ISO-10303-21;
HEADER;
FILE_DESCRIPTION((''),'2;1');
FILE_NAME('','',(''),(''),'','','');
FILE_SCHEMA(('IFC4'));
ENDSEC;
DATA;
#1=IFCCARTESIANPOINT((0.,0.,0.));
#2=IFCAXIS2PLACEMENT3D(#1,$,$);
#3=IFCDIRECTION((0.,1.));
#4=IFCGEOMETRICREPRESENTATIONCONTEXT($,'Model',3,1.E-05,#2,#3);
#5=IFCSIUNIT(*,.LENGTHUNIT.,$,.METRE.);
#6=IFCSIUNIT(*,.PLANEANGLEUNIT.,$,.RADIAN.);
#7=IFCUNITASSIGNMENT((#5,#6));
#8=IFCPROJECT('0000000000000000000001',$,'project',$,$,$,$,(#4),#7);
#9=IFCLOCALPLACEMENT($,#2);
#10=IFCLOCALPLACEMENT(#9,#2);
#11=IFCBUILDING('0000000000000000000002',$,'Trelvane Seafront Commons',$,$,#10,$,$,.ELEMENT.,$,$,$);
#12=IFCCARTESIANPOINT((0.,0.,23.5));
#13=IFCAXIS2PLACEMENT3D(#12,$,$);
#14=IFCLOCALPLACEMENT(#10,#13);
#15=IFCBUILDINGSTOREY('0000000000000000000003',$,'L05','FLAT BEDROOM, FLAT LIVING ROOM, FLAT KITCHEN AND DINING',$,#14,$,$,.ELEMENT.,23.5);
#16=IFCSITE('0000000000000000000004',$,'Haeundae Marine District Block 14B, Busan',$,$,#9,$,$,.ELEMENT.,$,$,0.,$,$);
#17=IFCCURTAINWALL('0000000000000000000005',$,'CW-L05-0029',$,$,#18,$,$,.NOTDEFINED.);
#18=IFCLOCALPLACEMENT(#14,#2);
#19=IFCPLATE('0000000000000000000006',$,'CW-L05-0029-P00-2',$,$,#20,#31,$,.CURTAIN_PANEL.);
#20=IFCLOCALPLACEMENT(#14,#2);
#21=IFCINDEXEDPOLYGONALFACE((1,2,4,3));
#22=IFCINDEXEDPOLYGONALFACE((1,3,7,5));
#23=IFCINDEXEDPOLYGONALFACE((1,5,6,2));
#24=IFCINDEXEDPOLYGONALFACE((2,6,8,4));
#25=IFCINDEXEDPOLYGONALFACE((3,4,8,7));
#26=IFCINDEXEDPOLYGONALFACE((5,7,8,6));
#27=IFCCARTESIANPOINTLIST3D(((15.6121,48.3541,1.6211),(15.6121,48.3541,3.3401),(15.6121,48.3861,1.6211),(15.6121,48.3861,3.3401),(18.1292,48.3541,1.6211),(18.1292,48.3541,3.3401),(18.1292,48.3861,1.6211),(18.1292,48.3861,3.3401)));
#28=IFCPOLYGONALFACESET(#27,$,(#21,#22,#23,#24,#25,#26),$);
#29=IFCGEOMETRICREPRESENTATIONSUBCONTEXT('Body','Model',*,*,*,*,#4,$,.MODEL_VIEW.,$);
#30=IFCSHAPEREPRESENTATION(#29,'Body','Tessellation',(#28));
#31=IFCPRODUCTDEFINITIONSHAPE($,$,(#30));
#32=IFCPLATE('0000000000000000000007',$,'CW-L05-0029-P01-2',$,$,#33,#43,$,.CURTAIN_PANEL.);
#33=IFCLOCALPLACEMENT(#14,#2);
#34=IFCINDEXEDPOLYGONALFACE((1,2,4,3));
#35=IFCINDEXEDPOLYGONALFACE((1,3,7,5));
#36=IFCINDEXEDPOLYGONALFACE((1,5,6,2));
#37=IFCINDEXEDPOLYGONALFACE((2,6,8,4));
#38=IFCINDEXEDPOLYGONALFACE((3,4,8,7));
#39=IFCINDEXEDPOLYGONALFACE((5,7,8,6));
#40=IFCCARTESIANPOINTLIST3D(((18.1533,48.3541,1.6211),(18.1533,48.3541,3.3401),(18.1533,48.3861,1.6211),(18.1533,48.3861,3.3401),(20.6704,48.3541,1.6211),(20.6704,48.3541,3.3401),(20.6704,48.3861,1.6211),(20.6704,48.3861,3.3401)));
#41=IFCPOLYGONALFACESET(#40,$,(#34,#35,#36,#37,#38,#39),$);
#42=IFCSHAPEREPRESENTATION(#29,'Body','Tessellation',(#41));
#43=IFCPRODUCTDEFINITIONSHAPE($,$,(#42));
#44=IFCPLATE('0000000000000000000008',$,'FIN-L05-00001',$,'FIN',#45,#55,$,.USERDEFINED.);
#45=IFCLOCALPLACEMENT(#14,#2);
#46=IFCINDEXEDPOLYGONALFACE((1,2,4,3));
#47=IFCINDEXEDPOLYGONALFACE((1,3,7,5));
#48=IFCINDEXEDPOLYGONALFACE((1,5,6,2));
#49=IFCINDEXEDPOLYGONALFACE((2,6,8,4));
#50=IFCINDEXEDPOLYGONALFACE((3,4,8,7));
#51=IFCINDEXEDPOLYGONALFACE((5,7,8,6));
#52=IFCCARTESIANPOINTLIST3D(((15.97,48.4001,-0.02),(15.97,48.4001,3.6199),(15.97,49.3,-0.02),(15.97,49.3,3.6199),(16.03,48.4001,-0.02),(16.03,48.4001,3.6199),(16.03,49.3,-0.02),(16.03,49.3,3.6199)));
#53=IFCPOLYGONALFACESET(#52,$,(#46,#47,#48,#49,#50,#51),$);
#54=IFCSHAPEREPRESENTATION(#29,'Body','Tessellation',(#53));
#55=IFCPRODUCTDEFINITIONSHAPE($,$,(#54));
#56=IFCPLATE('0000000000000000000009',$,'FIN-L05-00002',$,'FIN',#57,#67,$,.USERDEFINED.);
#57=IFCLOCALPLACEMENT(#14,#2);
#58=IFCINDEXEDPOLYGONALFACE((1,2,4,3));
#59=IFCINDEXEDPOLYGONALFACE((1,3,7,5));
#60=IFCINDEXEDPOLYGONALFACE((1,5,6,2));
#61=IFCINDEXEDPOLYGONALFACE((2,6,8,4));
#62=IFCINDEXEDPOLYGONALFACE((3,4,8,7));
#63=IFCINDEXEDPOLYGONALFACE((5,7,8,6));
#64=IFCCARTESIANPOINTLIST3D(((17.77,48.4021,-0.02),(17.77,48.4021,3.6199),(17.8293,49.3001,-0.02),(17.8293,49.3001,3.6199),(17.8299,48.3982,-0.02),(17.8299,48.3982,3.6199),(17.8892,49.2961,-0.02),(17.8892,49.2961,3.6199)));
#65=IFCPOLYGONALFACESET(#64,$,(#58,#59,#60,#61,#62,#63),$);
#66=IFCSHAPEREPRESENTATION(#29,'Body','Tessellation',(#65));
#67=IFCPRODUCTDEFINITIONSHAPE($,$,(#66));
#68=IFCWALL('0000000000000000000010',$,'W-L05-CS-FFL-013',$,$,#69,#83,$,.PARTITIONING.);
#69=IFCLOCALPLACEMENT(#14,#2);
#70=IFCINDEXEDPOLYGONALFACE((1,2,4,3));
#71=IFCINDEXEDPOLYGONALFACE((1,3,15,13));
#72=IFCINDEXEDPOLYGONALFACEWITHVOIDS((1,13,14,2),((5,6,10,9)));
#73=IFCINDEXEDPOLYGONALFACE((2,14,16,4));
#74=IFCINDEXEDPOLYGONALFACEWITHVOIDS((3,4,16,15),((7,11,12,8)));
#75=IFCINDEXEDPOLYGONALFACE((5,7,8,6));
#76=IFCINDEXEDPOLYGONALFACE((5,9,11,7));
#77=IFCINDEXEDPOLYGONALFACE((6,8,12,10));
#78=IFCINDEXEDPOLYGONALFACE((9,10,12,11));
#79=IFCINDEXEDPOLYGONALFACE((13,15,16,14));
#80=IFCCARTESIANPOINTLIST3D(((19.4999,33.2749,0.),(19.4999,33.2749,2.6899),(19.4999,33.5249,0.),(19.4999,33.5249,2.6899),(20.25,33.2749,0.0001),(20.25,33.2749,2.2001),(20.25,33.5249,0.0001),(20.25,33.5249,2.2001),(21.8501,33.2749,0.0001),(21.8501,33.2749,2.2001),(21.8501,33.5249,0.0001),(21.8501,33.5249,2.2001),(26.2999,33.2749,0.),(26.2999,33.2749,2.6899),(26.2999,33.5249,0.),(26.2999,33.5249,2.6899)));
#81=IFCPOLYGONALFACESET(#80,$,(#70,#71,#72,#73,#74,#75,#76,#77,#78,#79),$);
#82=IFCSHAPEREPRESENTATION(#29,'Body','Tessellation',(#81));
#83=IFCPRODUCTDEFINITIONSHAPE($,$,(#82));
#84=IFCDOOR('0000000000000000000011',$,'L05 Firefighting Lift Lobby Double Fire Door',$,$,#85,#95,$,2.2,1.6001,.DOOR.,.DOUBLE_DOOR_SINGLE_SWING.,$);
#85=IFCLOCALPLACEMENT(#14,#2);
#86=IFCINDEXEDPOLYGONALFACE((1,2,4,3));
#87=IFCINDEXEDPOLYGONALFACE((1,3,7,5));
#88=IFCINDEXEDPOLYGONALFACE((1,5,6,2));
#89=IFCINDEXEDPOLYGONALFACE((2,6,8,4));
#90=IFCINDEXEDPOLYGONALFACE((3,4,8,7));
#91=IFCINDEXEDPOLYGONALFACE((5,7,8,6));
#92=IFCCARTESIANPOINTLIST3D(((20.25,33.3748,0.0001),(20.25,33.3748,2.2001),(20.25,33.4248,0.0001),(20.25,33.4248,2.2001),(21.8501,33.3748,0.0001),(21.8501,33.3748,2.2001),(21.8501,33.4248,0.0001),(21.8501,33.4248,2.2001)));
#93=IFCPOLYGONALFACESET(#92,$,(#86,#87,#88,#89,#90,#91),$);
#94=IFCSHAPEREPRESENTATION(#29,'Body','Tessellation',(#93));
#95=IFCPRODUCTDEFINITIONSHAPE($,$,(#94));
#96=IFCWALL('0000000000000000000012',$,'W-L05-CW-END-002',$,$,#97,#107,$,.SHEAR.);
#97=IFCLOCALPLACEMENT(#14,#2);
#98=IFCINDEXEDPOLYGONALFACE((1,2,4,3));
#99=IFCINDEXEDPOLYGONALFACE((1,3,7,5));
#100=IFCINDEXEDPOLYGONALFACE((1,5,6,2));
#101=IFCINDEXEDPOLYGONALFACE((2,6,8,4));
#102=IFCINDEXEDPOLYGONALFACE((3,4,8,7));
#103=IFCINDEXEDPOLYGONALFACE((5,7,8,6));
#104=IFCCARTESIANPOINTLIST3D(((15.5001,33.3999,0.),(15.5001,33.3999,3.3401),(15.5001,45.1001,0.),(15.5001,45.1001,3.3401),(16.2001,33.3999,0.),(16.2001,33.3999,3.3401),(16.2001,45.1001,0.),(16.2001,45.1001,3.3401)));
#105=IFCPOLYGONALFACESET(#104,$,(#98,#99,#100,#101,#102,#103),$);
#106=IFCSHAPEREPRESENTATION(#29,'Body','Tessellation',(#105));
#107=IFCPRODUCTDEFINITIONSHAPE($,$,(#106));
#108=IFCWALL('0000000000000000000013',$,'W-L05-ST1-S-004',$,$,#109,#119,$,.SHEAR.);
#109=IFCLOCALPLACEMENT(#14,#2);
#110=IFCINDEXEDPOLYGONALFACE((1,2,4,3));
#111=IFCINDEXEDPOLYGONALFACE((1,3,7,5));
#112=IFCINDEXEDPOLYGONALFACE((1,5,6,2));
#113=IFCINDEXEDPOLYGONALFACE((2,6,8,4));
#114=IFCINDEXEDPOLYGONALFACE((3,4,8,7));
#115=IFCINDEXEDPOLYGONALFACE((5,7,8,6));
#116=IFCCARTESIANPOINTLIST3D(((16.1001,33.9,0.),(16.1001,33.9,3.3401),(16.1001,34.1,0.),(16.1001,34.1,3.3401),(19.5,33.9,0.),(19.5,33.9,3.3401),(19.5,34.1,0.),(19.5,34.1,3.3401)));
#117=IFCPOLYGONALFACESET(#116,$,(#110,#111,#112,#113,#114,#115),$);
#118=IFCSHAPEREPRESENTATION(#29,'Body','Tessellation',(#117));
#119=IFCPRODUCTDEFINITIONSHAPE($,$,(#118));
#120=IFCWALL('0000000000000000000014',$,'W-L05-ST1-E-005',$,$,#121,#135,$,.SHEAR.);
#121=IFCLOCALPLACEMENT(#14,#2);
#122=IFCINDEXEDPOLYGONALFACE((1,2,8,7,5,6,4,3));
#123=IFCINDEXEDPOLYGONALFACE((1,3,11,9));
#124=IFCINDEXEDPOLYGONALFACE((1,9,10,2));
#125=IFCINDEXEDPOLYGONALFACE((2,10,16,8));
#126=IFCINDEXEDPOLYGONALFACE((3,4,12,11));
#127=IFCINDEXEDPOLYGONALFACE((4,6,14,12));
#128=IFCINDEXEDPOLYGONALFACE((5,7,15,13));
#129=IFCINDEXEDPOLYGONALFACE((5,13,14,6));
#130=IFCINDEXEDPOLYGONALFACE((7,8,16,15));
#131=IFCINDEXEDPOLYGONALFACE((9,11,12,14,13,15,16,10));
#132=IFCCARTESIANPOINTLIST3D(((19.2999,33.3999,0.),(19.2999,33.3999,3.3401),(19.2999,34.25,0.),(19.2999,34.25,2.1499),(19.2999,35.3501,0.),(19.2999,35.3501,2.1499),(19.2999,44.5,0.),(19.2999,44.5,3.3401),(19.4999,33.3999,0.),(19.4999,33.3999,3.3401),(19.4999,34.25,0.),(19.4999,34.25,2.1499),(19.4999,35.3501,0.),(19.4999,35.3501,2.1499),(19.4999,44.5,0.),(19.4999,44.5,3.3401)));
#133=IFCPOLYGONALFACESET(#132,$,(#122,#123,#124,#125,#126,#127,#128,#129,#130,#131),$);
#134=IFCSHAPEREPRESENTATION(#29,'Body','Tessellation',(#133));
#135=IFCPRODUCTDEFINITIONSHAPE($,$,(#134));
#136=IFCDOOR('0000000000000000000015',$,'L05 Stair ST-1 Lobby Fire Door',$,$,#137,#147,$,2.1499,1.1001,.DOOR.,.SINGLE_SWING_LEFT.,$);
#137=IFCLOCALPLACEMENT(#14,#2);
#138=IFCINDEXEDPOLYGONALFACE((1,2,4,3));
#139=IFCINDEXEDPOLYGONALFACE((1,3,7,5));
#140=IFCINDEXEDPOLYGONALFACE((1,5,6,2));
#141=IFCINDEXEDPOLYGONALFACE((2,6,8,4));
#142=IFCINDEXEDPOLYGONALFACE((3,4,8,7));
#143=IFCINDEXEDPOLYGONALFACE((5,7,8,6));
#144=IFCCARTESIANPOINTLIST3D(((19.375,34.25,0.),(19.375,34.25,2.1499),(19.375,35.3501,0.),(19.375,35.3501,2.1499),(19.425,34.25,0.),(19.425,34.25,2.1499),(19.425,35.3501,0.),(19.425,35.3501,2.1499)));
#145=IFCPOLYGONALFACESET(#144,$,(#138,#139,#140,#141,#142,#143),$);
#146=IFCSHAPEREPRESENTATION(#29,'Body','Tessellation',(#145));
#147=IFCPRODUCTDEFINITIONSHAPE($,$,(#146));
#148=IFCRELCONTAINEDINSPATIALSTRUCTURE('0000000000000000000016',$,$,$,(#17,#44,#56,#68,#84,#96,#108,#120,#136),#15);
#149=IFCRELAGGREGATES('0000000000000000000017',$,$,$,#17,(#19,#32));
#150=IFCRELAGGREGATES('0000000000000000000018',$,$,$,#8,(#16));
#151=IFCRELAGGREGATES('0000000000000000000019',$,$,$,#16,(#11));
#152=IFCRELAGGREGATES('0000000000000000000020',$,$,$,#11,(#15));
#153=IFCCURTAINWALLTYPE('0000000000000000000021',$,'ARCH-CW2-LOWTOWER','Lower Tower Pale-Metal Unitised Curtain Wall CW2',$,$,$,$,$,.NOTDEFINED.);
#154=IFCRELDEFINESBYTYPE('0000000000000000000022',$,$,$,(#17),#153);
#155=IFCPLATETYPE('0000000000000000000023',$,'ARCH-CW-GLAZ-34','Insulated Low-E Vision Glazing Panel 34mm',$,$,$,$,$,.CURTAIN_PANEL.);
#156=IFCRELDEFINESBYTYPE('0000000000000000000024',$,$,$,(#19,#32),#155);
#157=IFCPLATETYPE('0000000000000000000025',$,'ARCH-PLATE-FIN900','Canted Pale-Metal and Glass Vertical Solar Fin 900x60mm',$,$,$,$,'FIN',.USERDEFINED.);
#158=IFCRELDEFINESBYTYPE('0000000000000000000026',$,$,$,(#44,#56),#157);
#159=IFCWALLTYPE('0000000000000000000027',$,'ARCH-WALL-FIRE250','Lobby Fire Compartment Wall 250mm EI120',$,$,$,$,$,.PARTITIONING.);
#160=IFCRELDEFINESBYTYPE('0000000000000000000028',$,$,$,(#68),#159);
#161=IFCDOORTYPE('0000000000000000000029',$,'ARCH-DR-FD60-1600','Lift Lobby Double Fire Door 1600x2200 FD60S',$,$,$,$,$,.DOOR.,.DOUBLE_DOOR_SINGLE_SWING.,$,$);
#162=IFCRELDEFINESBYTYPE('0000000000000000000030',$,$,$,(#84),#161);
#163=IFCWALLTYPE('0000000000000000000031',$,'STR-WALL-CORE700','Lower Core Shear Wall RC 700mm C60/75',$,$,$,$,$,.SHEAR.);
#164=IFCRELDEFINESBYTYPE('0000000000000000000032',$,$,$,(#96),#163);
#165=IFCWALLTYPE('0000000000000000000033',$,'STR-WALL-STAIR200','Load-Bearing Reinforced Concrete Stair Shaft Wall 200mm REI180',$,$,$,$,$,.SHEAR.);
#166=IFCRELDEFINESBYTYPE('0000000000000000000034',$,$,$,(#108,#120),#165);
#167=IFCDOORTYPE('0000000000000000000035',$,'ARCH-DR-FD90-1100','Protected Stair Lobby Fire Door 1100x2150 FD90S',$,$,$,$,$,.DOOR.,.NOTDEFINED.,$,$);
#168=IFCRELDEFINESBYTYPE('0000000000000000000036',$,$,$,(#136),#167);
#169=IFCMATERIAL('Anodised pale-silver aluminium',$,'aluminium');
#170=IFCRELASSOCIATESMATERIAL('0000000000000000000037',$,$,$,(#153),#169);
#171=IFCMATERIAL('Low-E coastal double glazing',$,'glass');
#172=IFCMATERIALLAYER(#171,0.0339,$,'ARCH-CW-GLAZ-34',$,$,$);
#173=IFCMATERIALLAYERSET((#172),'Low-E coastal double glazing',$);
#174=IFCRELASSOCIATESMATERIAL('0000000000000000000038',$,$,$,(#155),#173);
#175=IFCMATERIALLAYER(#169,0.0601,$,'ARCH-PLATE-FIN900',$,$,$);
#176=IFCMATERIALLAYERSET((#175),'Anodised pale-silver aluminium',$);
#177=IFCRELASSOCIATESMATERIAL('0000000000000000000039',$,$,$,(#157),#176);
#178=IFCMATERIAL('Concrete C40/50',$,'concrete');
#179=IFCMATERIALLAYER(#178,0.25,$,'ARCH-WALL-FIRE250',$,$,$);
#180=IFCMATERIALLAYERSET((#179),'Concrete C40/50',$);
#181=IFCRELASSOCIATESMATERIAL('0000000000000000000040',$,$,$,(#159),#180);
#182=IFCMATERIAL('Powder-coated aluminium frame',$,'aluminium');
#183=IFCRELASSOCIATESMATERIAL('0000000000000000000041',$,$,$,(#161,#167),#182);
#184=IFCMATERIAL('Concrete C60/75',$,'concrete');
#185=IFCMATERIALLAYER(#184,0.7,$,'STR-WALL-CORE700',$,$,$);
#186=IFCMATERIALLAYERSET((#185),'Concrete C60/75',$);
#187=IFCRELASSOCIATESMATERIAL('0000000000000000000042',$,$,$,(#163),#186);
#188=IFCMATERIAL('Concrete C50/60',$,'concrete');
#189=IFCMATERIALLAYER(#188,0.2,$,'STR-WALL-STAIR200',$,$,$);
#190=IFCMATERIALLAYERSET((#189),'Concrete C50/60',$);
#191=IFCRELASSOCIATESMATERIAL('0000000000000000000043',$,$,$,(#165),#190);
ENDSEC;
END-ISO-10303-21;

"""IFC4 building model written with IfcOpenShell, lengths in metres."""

from ifc_helpers import new_model, si_unit, direction, frame, frame_2d, origin, origin_2d, place, context, subcontext, project, spatial, rectangle, extrude, source, transform, mapped, material, layer, layer_set, type_object, element, fill, aggregate, save


model = new_model("IFC4")

# Units and contexts
model_context = context("Model", 3, precision=1e-05, world=origin(), true_north=direction((0.0, 1.0)))
body_context = subcontext(model_context, "Body", "Model", "MODEL_VIEW")
ifc_project = project(units=[si_unit("LENGTHUNIT", "METRE"), si_unit("PLANEANGLEUNIT", "RADIAN")], contexts=[model_context])

# Site, building, storey
site_placement = place(None, origin())
site = spatial("IfcSite", under=ifc_project, at=site_placement, Name="Haeundae Marine District Block 14B, Busan", CompositionType="ELEMENT", RefElevation=0.0)
building_placement = place(site_placement, origin())
building = spatial("IfcBuilding", under=site, at=building_placement, Name="Trelvane Seafront Commons", CompositionType="ELEMENT")
storey_placement = place(building_placement, frame((0.0, 0.0, 23.5)))
storey = spatial("IfcBuildingStorey", under=building, at=storey_placement, Name="L05", Description="FLAT BEDROOM, FLAT LIVING ROOM, FLAT KITCHEN AND DINING", CompositionType="ELEMENT", Elevation=23.5)

# Shared definitions
ifc_material_1 = material(Name="Concrete C60/75", Category="concrete")

# Curtain wall, plates
ifc_material_2 = material(Name="Anodised pale-silver aluminium", Category="aluminium")
curtain_wall_type = type_object("IfcCurtainWallType", Name="ARCH-CW2-LOWTOWER", Description="Lower Tower Pale-Metal Unitised Curtain Wall CW2", PredefinedType="NOTDEFINED", material=ifc_material_2)
curtain_wall_placement = place(storey_placement, origin())
curtain_wall = element("IfcCurtainWall", 1, at=curtain_wall_placement, inside=storey, type_object=curtain_wall_type, Name="CW-L05-0029", PredefinedType="NOTDEFINED")
ifc_material_3 = material(Name="Low-E coastal double glazing", Category="glass")
ifc_layer_1 = layer(ifc_material_3, 0.0339, Name="ARCH-CW-GLAZ-34")
ifc_layer_set_1 = layer_set([ifc_layer_1], Name="Low-E coastal double glazing")
plate_type_1 = type_object("IfcPlateType", Name="ARCH-CW-GLAZ-34", Description="Insulated Low-E Vision Glazing Panel 34mm", PredefinedType="CURTAIN_PANEL", material=ifc_layer_set_1)
shared_shape_1 = source(origin(), body_context, "Body", "SweptSolid", [
    extrude(rectangle(XDim=2.5171, YDim=0.032, at=origin_2d()), origin(), (0.0, 0.0, 1.0), 1.719),
])
plate_1_placement = place(storey_placement, frame((16.8706, 48.3701, 1.6211), z_axis=(0.0, 0.0, 1.0), x_axis=(1.0, 0.0, 0.0)))
plate_1 = element("IfcPlate", 2, at=plate_1_placement, type_object=plate_type_1, Name="CW-L05-0029-P00-2", PredefinedType="CURTAIN_PANEL", context=body_context, shape_type="MappedRepresentation", body=[
    mapped(shared_shape_1, transform((0.0, 0.0, 0.0), x_axis=(1.0, 0.0, 0.0), y_axis=(0.0, 1.0, 0.0), z_axis=(0.0, 0.0, 1.0), scale=1.0)),
])
plate_2_placement = place(storey_placement, frame((19.4119, 48.3701, 1.6211), z_axis=(0.0, 0.0, 1.0), x_axis=(1.0, 0.0, 0.0)))
plate_2 = element("IfcPlate", 3, at=plate_2_placement, type_object=plate_type_1, Name="CW-L05-0029-P01-2", PredefinedType="CURTAIN_PANEL", context=body_context, shape_type="MappedRepresentation", body=[
    mapped(shared_shape_1, transform((0.0, 0.0, 0.0), x_axis=(1.0, 0.0, 0.0), y_axis=(0.0, 1.0, 0.0), z_axis=(0.0, 0.0, 1.0), scale=1.0)),
])
aggregate(curtain_wall, [plate_1, plate_2])

# Plates
ifc_layer_2 = layer(ifc_material_2, 0.0601, Name="ARCH-PLATE-FIN900")
ifc_layer_set_2 = layer_set([ifc_layer_2], Name="Anodised pale-silver aluminium")
plate_type_2 = type_object("IfcPlateType", Name="ARCH-PLATE-FIN900", Description="Canted Pale-Metal and Glass Vertical Solar Fin 900x60mm", ElementType="FIN", PredefinedType="USERDEFINED", material=ifc_layer_set_2)
shared_shape_2 = source(origin(), body_context, "Body", "SweptSolid", [
    extrude(rectangle(XDim=0.8999, YDim=0.0601, at=origin_2d()), origin(), (0.0, 0.0, 1.0), 3.6399),
])
for number, where, z_axis, x_axis, name in (
    (4, (16.0, 48.8501, -0.02), (0.0, 0.0, 1.0), (0.0, 1.0, 0.0), "FIN-L05-00001"),
    (5, (17.8296, 48.8491, -0.02), (0.0, 0.0, 1.0), (0.065893, 0.997827, 0.0), "FIN-L05-00002"),
):
    element("IfcPlate", number, at=place(storey_placement, frame(where, z_axis=z_axis, x_axis=x_axis)), inside=storey, type_object=plate_type_2, Name=name, ObjectType="FIN", PredefinedType="USERDEFINED", context=body_context, shape_type="MappedRepresentation", body=[
        mapped(shared_shape_2, transform((0.0, 0.0, 0.0), x_axis=(1.0, 0.0, 0.0), y_axis=(0.0, 1.0, 0.0), z_axis=(0.0, 0.0, 1.0), scale=1.0)),
    ])

# Wall, opening, door
ifc_material_4 = material(Name="Concrete C40/50", Category="concrete")
ifc_layer_3 = layer(ifc_material_4, 0.25, Name="ARCH-WALL-FIRE250")
ifc_layer_set_3 = layer_set([ifc_layer_3], Name="Concrete C40/50")
wall_type_1 = type_object("IfcWallType", Name="ARCH-WALL-FIRE250", Description="Lobby Fire Compartment Wall 250mm EI120", PredefinedType="PARTITIONING", material=ifc_layer_set_3)
wall_1_placement = place(storey_placement, frame((19.5, 33.3999, 0.0), z_axis=(0.0, 0.0, 1.0), x_axis=(1.0, 0.0, 0.0)))
wall_1 = element("IfcWall", 6, at=wall_1_placement, inside=storey, type_object=wall_type_1, Name="W-L05-CS-FFL-013", PredefinedType="PARTITIONING", context=body_context, shape_type="SweptSolid", body=[
    extrude(rectangle(XDim=6.8, YDim=0.25, at=frame_2d((3.3999, 0.0))), origin(), (0.0, 0.0, 1.0), 2.6899),
])
opening_1_placement = place(wall_1_placement, frame((0.75, 0.0, 0.0)))
opening_1 = element("IfcOpeningElement", 7, at=opening_1_placement, cuts=wall_1, PredefinedType="OPENING", context=body_context, shape_type="SweptSolid", body=[
    extrude(rectangle(XDim=1.6001, YDim=2.2, at=frame_2d((0.8, 1.1001))), frame((0.0, 0.135, 0.0), z_axis=(0.0, -1.0, 0.0), x_axis=(1.0, 0.0, 0.0)), (0.0, 0.0, 1.0), 0.27),
])
ifc_material_5 = material(Name="Powder-coated aluminium frame", Category="aluminium")
door_type_1 = type_object("IfcDoorType", Name="ARCH-DR-FD60-1600", Description="Lift Lobby Double Fire Door 1600x2200 FD60S", OperationType="DOUBLE_DOOR_SINGLE_SWING", PredefinedType="DOOR", material=ifc_material_5)
shared_shape_3 = source(origin(), body_context, "Body", "SweptSolid", [
    extrude(rectangle(XDim=1.6001, YDim=2.2, at=frame_2d((0.8, 1.1001))), frame((0.0, 0.0249, 0.0), z_axis=(0.0, -1.0, 0.0), x_axis=(1.0, 0.0, 0.0)), (0.0, 0.0, 1.0), 0.05),
])
door_1_placement = place(opening_1_placement, origin())
door_1 = element("IfcDoor", 8, at=door_1_placement, inside=storey, type_object=door_type_1, Name="L05 Firefighting Lift Lobby Double Fire Door", OperationType="DOUBLE_DOOR_SINGLE_SWING", OverallHeight=2.2, OverallWidth=1.6001, PredefinedType="DOOR", context=body_context, shape_type="MappedRepresentation", body=[
    mapped(shared_shape_3, transform((0.0, 0.0, 0.0), x_axis=(1.0, 0.0, 0.0), y_axis=(0.0, 1.0, 0.0), z_axis=(0.0, 0.0, 1.0), scale=1.0)),
])
fill(opening_1, door_1)

# Walls
ifc_layer_4 = layer(ifc_material_1, 0.7, Name="STR-WALL-CORE700")
ifc_layer_set_4 = layer_set([ifc_layer_4], Name="Concrete C60/75")
wall_type_2 = type_object("IfcWallType", Name="STR-WALL-CORE700", Description="Lower Core Shear Wall RC 700mm C60/75", PredefinedType="SHEAR", material=ifc_layer_set_4)
wall_2_placement = place(storey_placement, frame((15.8501, 33.3999, 0.0), z_axis=(0.0, 0.0, 1.0), x_axis=(0.0, 1.0, 0.0)))
element("IfcWall", 9, at=wall_2_placement, inside=storey, type_object=wall_type_2, Name="W-L05-CW-END-002", PredefinedType="SHEAR", context=body_context, shape_type="SweptSolid", body=[
    extrude(rectangle(XDim=11.7002, YDim=0.7, at=frame_2d((5.8501, 0.0))), origin(), (0.0, 0.0, 1.0), 3.3401),
])
ifc_material_6 = material(Name="Concrete C50/60", Category="concrete")
ifc_layer_5 = layer(ifc_material_6, 0.2, Name="STR-WALL-STAIR200")
ifc_layer_set_5 = layer_set([ifc_layer_5], Name="Concrete C50/60")
wall_type_3 = type_object("IfcWallType", Name="STR-WALL-STAIR200", Description="Load-Bearing Reinforced Concrete Stair Shaft Wall 200mm REI180", PredefinedType="SHEAR", material=ifc_layer_set_5)
wall_3_placement = place(storey_placement, frame((16.1001, 34.0, 0.0), z_axis=(0.0, 0.0, 1.0), x_axis=(1.0, 0.0, 0.0)))
element("IfcWall", 10, at=wall_3_placement, inside=storey, type_object=wall_type_3, Name="W-L05-ST1-S-004", PredefinedType="SHEAR", context=body_context, shape_type="SweptSolid", body=[
    extrude(rectangle(XDim=3.3999, YDim=0.2, at=frame_2d((1.7, 0.0))), origin(), (0.0, 0.0, 1.0), 3.3401),
])

# Wall, opening, door
wall_4_placement = place(storey_placement, frame((19.3999, 33.3999, 0.0), z_axis=(0.0, 0.0, 1.0), x_axis=(0.0, 1.0, 0.0)))
wall_4 = element("IfcWall", 11, at=wall_4_placement, inside=storey, type_object=wall_type_3, Name="W-L05-ST1-E-005", PredefinedType="SHEAR", context=body_context, shape_type="SweptSolid", body=[
    extrude(rectangle(XDim=11.1001, YDim=0.2, at=frame_2d((5.55, 0.0))), origin(), (0.0, 0.0, 1.0), 3.3401),
])
opening_2_placement = place(wall_4_placement, frame((0.8501, 0.0, 0.0)))
opening_2 = element("IfcOpeningElement", 12, at=opening_2_placement, cuts=wall_4, PredefinedType="OPENING", context=body_context, shape_type="SweptSolid", body=[
    extrude(rectangle(XDim=1.1001, YDim=2.1499, at=frame_2d((0.55, 1.075))), frame((0.0, 0.1099, 0.0), z_axis=(0.0, -1.0, 0.0), x_axis=(1.0, 0.0, 0.0)), (0.0, 0.0, 1.0), 0.22),
])
door_type_2 = type_object("IfcDoorType", Name="ARCH-DR-FD90-1100", Description="Protected Stair Lobby Fire Door 1100x2150 FD90S", OperationType="NOTDEFINED", PredefinedType="DOOR", material=ifc_material_5)
shared_shape_4 = source(origin(), body_context, "Body", "SweptSolid", [
    extrude(rectangle(XDim=1.1001, YDim=2.1499, at=frame_2d((0.55, 1.075))), frame((0.0, 0.0249, 0.0), z_axis=(0.0, -1.0, 0.0), x_axis=(1.0, 0.0, 0.0)), (0.0, 0.0, 1.0), 0.05),
])
door_2_placement = place(opening_2_placement, origin())
door_2 = element("IfcDoor", 13, at=door_2_placement, inside=storey, type_object=door_type_2, Name="L05 Stair ST-1 Lobby Fire Door", OperationType="SINGLE_SWING_LEFT", OverallHeight=2.1499, OverallWidth=1.1001, PredefinedType="DOOR", context=body_context, shape_type="MappedRepresentation", body=[
    mapped(shared_shape_4, transform((0.0, 0.0, 0.0), x_axis=(1.0, 0.0, 0.0), y_axis=(0.0, 1.0, 0.0), z_axis=(0.0, 0.0, 1.0), scale=1.0)),
])
fill(opening_2, door_2)

save(model, "model.ifc")
